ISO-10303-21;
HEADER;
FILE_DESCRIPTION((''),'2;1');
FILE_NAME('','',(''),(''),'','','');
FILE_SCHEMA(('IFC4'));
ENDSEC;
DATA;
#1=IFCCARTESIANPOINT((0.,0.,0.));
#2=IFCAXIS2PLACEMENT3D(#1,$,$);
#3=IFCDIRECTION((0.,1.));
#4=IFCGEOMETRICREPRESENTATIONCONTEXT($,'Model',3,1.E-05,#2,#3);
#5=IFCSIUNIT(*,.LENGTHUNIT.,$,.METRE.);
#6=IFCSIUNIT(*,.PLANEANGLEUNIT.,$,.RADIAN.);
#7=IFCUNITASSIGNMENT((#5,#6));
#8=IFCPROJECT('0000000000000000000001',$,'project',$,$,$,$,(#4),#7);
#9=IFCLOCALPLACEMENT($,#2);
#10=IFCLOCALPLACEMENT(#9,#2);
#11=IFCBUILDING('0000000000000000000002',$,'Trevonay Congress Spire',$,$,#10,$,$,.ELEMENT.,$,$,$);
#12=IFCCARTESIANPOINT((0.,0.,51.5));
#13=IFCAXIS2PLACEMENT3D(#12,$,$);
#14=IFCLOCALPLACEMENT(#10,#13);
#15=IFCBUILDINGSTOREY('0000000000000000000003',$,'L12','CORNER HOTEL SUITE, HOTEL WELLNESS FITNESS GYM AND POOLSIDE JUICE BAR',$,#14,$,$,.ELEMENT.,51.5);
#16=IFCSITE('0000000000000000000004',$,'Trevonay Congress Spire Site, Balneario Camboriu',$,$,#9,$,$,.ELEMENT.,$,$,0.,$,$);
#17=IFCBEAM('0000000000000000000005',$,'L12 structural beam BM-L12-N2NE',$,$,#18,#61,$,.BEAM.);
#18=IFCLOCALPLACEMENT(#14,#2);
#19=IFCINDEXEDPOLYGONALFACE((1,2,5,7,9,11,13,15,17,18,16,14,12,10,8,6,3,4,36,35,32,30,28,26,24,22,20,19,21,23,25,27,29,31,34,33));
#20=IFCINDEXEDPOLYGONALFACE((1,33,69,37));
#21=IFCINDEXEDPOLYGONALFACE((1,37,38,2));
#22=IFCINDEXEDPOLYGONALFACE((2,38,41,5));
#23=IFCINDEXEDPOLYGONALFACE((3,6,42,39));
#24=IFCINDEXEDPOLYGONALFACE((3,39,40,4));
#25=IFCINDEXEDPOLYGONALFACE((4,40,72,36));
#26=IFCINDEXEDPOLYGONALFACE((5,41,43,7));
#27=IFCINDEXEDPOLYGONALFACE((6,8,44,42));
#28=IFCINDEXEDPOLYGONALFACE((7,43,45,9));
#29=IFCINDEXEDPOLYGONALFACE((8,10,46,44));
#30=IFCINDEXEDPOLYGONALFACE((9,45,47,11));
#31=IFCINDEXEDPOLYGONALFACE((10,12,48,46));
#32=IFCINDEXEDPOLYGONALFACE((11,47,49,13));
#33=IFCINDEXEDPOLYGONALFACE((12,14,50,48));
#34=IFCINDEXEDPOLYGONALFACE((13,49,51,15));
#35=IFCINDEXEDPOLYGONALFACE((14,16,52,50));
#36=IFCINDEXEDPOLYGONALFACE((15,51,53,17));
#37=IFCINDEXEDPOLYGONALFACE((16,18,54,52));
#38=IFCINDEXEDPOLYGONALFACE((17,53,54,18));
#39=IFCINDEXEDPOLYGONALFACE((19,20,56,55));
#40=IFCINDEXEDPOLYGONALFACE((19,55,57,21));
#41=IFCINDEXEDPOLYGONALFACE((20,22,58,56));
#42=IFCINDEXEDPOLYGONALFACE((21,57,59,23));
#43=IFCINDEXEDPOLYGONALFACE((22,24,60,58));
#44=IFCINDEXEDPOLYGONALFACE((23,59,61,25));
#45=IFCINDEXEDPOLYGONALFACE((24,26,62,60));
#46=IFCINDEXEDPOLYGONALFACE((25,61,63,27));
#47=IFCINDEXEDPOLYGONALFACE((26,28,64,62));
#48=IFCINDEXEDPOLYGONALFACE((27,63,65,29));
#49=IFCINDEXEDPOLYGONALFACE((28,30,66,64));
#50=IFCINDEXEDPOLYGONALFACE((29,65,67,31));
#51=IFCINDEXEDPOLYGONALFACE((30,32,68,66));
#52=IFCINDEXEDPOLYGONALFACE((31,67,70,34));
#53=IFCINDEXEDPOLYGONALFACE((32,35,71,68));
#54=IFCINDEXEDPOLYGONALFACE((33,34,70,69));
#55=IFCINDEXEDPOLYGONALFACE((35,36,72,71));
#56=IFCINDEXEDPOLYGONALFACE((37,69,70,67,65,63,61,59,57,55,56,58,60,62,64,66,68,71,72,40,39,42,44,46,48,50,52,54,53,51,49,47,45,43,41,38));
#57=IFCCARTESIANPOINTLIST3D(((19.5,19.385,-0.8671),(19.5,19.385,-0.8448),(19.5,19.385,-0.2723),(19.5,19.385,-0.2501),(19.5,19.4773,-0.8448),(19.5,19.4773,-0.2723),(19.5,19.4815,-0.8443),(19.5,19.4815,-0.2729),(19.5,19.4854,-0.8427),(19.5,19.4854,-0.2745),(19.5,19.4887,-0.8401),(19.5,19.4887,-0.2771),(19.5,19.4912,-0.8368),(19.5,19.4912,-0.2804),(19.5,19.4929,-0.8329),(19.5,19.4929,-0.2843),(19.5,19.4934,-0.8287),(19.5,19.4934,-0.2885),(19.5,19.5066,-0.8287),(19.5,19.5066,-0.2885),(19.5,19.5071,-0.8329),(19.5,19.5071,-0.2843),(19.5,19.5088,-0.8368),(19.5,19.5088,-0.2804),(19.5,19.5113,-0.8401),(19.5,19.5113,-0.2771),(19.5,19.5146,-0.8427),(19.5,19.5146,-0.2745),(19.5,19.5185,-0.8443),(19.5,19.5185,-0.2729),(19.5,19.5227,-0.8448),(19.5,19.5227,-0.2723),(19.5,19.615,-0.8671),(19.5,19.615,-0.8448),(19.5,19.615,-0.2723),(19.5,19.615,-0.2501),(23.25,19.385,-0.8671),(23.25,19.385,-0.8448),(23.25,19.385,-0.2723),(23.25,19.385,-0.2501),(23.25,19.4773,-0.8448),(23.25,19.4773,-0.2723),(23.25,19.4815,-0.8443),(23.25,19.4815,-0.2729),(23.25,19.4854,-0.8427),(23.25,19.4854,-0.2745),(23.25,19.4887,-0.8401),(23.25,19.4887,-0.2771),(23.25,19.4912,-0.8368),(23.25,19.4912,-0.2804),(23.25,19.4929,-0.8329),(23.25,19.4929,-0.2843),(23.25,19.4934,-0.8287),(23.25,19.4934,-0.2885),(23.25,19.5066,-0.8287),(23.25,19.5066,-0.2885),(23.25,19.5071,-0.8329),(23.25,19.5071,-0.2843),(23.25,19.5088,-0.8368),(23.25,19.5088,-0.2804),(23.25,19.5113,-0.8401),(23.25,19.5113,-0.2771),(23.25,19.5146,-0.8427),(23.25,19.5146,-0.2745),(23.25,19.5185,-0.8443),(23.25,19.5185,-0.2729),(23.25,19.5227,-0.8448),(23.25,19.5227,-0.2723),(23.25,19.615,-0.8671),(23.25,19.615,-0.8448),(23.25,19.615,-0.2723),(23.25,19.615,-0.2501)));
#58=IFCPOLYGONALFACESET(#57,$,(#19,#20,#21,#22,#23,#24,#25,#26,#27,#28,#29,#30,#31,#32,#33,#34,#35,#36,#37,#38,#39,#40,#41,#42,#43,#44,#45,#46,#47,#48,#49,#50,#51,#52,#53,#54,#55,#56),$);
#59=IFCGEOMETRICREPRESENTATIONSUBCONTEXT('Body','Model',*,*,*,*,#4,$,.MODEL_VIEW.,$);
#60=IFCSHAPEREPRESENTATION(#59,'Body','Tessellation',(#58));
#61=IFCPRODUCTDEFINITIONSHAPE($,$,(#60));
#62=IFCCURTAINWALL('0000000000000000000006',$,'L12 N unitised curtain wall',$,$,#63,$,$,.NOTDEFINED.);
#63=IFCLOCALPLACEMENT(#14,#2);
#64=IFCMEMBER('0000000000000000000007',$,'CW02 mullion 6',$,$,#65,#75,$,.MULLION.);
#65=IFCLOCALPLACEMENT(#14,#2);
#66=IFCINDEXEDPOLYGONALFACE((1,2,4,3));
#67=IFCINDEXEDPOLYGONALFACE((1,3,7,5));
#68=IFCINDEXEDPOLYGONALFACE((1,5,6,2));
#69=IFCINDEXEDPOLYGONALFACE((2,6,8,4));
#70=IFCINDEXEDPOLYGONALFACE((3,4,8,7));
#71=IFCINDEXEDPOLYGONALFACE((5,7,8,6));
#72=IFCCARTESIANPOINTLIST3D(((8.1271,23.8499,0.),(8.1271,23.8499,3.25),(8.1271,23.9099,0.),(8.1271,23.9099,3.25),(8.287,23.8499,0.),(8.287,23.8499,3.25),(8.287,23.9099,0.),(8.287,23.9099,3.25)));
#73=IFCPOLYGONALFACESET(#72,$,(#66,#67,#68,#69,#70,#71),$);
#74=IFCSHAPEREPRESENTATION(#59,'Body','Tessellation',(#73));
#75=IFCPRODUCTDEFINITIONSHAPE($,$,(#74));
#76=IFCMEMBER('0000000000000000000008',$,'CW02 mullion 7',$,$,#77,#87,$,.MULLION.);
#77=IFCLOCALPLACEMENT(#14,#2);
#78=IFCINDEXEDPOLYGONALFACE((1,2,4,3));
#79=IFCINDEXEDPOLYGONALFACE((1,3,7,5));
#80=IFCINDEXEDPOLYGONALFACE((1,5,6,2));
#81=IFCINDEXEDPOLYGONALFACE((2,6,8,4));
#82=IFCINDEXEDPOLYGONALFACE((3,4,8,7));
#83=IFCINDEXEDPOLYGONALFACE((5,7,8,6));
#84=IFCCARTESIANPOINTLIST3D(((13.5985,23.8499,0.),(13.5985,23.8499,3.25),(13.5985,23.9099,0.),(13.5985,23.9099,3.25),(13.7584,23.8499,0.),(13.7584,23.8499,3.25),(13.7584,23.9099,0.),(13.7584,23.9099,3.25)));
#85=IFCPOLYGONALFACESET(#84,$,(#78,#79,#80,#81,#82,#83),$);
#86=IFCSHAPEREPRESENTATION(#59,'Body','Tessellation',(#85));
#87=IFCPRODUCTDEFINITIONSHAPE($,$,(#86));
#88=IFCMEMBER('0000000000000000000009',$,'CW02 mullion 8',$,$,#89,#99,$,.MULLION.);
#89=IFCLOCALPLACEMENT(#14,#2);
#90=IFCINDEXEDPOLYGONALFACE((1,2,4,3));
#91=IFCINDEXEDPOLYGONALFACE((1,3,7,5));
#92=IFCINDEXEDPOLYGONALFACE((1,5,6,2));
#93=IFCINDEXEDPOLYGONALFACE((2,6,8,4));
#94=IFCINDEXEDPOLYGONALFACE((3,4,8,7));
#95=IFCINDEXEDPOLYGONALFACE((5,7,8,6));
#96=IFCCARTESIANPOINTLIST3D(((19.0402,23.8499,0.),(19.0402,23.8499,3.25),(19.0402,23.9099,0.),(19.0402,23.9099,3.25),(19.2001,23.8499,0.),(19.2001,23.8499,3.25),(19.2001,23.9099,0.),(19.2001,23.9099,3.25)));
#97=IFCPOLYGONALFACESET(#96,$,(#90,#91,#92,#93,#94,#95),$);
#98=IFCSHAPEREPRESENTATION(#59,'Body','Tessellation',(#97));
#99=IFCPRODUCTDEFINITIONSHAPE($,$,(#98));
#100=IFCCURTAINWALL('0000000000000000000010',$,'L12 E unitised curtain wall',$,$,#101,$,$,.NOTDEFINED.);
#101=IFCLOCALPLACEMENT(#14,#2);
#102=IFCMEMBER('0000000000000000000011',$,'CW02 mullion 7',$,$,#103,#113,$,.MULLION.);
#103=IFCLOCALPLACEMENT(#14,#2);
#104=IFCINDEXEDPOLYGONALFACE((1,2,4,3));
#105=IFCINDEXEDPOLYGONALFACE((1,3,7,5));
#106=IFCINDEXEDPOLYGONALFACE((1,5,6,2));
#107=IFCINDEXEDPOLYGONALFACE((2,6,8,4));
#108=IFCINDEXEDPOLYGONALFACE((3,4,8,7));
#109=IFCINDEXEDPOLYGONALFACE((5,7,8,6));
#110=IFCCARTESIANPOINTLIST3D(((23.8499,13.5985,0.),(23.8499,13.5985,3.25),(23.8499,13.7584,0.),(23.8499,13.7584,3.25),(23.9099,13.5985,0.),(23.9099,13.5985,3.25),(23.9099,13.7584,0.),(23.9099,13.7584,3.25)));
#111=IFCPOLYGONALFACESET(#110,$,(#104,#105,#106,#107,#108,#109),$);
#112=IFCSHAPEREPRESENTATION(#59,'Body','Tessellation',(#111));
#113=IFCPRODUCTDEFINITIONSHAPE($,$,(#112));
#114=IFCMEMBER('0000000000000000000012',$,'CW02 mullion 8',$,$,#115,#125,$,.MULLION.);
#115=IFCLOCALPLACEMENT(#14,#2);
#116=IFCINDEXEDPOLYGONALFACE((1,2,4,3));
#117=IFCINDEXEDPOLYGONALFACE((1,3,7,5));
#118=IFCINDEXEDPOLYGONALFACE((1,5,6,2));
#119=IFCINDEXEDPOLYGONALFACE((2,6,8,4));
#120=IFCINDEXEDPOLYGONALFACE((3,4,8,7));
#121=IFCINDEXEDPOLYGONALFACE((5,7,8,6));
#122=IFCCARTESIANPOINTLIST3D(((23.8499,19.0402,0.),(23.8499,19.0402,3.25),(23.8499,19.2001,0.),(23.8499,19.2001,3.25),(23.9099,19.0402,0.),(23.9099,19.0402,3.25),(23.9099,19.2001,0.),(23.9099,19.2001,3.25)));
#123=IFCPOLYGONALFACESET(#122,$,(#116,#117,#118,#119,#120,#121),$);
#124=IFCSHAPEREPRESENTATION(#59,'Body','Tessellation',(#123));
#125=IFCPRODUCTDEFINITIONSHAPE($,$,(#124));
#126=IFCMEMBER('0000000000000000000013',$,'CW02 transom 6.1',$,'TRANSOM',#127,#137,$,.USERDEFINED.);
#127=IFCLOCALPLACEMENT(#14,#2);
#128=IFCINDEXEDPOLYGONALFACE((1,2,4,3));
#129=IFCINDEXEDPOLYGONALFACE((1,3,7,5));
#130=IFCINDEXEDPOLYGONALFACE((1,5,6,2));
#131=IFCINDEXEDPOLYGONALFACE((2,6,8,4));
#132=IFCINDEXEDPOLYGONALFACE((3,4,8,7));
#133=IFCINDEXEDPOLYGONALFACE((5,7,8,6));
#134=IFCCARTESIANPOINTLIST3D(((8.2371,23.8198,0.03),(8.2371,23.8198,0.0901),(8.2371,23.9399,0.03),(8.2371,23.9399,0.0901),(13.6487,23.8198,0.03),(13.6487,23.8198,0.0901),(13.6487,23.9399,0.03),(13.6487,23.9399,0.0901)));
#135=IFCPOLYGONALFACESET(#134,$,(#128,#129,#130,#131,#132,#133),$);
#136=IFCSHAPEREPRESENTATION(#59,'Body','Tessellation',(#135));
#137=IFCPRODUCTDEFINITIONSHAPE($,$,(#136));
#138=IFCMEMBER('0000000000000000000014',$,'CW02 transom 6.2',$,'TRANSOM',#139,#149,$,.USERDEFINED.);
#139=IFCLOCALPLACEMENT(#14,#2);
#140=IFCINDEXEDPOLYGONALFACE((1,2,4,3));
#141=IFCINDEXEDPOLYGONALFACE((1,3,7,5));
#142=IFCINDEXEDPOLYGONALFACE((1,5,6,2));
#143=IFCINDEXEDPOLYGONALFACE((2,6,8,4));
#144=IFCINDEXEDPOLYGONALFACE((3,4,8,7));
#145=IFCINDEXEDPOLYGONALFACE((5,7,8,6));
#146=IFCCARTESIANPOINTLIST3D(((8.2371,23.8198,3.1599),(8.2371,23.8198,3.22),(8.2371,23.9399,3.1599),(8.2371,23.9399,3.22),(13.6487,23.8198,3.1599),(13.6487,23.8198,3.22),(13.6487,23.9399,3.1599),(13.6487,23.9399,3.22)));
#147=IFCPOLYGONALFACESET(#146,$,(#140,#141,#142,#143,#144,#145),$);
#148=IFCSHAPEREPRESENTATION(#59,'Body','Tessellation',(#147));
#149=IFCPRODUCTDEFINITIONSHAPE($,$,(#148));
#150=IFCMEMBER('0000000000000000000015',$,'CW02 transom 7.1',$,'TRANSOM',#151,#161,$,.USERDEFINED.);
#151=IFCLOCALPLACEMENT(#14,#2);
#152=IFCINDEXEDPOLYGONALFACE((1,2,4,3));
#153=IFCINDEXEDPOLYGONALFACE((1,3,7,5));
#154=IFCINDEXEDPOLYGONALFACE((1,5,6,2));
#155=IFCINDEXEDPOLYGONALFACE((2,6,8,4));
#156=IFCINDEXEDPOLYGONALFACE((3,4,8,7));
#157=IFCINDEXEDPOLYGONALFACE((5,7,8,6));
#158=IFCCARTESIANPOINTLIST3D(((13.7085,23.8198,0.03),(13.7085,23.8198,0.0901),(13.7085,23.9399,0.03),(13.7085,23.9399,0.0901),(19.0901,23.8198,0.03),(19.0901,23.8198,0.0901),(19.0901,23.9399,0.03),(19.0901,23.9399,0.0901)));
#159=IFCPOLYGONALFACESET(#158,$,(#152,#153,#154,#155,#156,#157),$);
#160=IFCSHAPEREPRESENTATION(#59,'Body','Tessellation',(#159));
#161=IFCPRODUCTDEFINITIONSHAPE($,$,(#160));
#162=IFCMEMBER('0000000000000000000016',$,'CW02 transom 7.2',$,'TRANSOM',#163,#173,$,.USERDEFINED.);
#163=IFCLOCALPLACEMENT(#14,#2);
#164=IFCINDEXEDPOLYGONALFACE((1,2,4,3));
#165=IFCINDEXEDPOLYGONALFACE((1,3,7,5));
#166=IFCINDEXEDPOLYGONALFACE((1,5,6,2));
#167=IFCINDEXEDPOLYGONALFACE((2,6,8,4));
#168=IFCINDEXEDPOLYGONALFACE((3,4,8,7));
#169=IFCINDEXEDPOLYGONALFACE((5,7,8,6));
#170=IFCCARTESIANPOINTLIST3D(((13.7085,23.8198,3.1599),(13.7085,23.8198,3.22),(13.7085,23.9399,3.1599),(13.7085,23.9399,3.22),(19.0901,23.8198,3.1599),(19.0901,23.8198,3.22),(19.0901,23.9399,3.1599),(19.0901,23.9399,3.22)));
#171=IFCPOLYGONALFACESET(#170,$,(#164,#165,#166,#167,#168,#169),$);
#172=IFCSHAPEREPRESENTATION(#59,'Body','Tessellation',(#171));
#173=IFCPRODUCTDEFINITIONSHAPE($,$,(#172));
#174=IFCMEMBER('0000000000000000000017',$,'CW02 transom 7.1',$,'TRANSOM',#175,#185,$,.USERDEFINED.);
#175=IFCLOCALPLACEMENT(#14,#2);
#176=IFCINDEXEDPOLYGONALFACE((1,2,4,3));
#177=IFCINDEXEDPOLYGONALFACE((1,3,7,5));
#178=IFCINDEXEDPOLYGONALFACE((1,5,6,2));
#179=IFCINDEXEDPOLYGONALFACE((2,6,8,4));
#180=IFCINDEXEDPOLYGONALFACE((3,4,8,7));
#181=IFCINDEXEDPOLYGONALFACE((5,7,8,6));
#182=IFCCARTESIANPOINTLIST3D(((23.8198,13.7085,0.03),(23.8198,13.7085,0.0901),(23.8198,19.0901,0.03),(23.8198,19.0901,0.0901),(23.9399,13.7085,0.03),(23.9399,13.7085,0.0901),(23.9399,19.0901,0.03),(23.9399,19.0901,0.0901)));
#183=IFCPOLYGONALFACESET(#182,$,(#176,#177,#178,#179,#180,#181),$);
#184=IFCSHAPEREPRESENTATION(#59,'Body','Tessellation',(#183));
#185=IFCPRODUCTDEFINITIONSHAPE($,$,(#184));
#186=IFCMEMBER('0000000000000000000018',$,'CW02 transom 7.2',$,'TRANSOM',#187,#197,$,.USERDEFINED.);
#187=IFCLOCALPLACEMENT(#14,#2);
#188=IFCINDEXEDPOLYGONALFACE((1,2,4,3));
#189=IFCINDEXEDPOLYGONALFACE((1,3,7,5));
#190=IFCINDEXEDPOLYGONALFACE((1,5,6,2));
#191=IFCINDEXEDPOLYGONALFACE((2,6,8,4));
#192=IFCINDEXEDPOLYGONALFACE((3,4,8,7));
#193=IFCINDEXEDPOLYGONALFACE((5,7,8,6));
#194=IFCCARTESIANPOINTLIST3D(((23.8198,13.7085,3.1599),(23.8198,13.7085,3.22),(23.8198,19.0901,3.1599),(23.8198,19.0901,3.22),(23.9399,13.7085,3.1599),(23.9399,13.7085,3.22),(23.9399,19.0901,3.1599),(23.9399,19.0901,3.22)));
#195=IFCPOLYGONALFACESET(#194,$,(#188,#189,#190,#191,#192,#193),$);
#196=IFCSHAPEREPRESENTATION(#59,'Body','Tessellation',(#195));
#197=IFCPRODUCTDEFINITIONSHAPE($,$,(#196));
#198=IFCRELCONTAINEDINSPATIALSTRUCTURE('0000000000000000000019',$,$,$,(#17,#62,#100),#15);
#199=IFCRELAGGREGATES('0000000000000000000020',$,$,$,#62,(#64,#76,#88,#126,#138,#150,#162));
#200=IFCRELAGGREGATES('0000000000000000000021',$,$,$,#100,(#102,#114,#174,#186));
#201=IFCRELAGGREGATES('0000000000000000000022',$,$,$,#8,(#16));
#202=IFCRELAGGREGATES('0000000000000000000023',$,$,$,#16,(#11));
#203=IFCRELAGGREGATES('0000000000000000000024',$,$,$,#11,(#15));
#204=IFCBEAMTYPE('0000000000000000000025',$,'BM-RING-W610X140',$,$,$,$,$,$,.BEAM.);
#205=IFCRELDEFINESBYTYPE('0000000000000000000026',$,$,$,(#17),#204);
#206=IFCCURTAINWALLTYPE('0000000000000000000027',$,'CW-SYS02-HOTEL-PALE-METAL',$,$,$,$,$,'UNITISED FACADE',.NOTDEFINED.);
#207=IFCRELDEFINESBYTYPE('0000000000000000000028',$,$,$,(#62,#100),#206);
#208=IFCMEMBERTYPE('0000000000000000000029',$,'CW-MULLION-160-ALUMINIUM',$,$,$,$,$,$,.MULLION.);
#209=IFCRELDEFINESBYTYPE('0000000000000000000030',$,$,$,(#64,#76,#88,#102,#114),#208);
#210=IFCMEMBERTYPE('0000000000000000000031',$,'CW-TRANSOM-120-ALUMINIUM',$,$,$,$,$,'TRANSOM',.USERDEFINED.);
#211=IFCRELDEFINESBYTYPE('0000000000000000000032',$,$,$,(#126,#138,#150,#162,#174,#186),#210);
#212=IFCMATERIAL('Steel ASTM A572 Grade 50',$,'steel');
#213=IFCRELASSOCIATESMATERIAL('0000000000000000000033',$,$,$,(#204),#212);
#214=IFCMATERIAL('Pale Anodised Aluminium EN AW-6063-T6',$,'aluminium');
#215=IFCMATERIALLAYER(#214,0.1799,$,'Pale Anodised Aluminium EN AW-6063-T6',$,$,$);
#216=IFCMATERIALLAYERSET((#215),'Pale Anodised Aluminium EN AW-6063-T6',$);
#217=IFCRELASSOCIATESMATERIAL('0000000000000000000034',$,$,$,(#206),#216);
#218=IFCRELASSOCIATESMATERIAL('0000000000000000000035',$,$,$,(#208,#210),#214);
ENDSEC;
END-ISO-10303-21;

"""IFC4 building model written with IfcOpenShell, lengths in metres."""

from ifc_helpers import new_model, si_unit, direction, frame, origin, origin_2d, place, context, subcontext, project, spatial, rectangle, i_section, extrude, material, layer, layer_set, material_profile, profile_set, type_object, element, aggregate, save


model = new_model("IFC4")

# Units and contexts
model_context = context("Model", 3, precision=1e-05, world=origin(), true_north=direction((0.0, 1.0)))
body_context = subcontext(model_context, "Body", "Model", "MODEL_VIEW")
ifc_project = project(units=[si_unit("LENGTHUNIT", "METRE"), si_unit("PLANEANGLEUNIT", "RADIAN")], contexts=[model_context])

# Site, building, storey
site_placement = place(None, origin())
site = spatial("IfcSite", under=ifc_project, at=site_placement, Name="Trevonay Congress Spire Site, Balneario Camboriu", CompositionType="ELEMENT", RefElevation=0.0)
building_placement = place(site_placement, origin())
building = spatial("IfcBuilding", under=site, at=building_placement, Name="Trevonay Congress Spire", CompositionType="ELEMENT")
storey_placement = place(building_placement, frame((0.0, 0.0, 51.5)))
storey = spatial("IfcBuildingStorey", under=building, at=storey_placement, Name="L12", Description="CORNER HOTEL SUITE, HOTEL WELLNESS FITNESS GYM AND POOLSIDE JUICE BAR", CompositionType="ELEMENT", Elevation=51.5)

# Shared definitions
ifc_material_1 = material(Name="Steel ASTM A572 Grade 50", Category="steel")

# Beam
ifc_material_profile_1 = material_profile(ifc_material_1, i_section(OverallWidth=0.23, OverallDepth=0.6169, WebThickness=0.0132, FlangeThickness=0.0222, FilletRadius=0.0161, at=origin_2d()), Name="W610x140")
ifc_profile_set_1 = profile_set([ifc_material_profile_1], Name="Steel ASTM A572 Grade 50")
beam_type = type_object("IfcBeamType", Name="BM-RING-W610X140", PredefinedType="BEAM", material=ifc_profile_set_1)
for number, where, z_axis, x_axis, name in (
    (1, (23.25, 19.5, -0.5586), (-1.0, 0.0, 0.0), (0.0, -1.0, 0.0), "L12 structural beam BM-L12-N2NE"),
):
    element("IfcBeam", number, at=place(storey_placement, frame(where, z_axis=z_axis, x_axis=x_axis)), inside=storey, type_object=beam_type, Name=name, PredefinedType="BEAM", context=body_context, shape_type="SweptSolid", body=[
        extrude(i_section(OverallWidth=0.23, OverallDepth=0.6169, WebThickness=0.0132, FlangeThickness=0.0222, FilletRadius=0.0161, at=origin_2d()), origin(), (0.0, 0.0, 1.0), 3.75),
    ])

# Curtain walls, members
ifc_material_2 = material(Name="Pale Anodised Aluminium EN AW-6063-T6", Category="aluminium")
ifc_layer_1 = layer(ifc_material_2, 0.1799, Name="Pale Anodised Aluminium EN AW-6063-T6")
ifc_layer_set_1 = layer_set([ifc_layer_1], Name="Pale Anodised Aluminium EN AW-6063-T6")
curtain_wall_type = type_object("IfcCurtainWallType", Name="CW-SYS02-HOTEL-PALE-METAL", ElementType="UNITISED FACADE", PredefinedType="NOTDEFINED", material=ifc_layer_set_1)
curtain_wall_1_placement = place(storey_placement, origin())
curtain_wall_1 = element("IfcCurtainWall", 2, at=curtain_wall_1_placement, inside=storey, type_object=curtain_wall_type, Name="L12 N unitised curtain wall", PredefinedType="NOTDEFINED")
ifc_material_profile_2 = material_profile(ifc_material_2, rectangle(XDim=0.0601, YDim=0.1599, at=origin_2d()), Name="CW-MULLION-160-ALUMINIUM")
ifc_profile_set_2 = profile_set([ifc_material_profile_2], Name="Pale Anodised Aluminium EN AW-6063-T6")
member_type_1 = type_object("IfcMemberType", Name="CW-MULLION-160-ALUMINIUM", PredefinedType="MULLION", material=ifc_profile_set_2)
member_1_placement = place(storey_placement, frame((8.207, 23.8799, 0.0), z_axis=(0.0, 0.0, 1.0), x_axis=(0.0, 1.0, 0.0)))
member_1 = element("IfcMember", 3, at=member_1_placement, type_object=member_type_1, Name="CW02 mullion 6", PredefinedType="MULLION", context=body_context, shape_type="SweptSolid", body=[
    extrude(rectangle(XDim=0.0601, YDim=0.1599, at=origin_2d()), origin(), (0.0, 0.0, 1.0), 3.25),
])
member_2_placement = place(storey_placement, frame((13.6785, 23.8799, 0.0), z_axis=(0.0, 0.0, 1.0), x_axis=(0.0, 1.0, 0.0)))
member_2 = element("IfcMember", 4, at=member_2_placement, type_object=member_type_1, Name="CW02 mullion 7", PredefinedType="MULLION", context=body_context, shape_type="SweptSolid", body=[
    extrude(rectangle(XDim=0.0601, YDim=0.1599, at=origin_2d()), origin(), (0.0, 0.0, 1.0), 3.25),
])
member_3_placement = place(storey_placement, frame((19.1201, 23.8799, 0.0), z_axis=(0.0, 0.0, 1.0), x_axis=(0.0, 1.0, 0.0)))
member_3 = element("IfcMember", 5, at=member_3_placement, type_object=member_type_1, Name="CW02 mullion 8", PredefinedType="MULLION", context=body_context, shape_type="SweptSolid", body=[
    extrude(rectangle(XDim=0.0601, YDim=0.1599, at=origin_2d()), origin(), (0.0, 0.0, 1.0), 3.25),
])
curtain_wall_2_placement = place(storey_placement, origin())
curtain_wall_2 = element("IfcCurtainWall", 6, at=curtain_wall_2_placement, inside=storey, type_object=curtain_wall_type, Name="L12 E unitised curtain wall", PredefinedType="NOTDEFINED")
member_4_placement = place(storey_placement, frame((23.8799, 13.6785, 0.0), z_axis=(0.0, 0.0, 1.0), x_axis=(-1.0, 0.0, 0.0)))
member_4 = element("IfcMember", 7, at=member_4_placement, type_object=member_type_1, Name="CW02 mullion 7", PredefinedType="MULLION", context=body_context, shape_type="SweptSolid", body=[
    extrude(rectangle(XDim=0.0601, YDim=0.1599, at=origin_2d()), origin(), (0.0, 0.0, 1.0), 3.25),
])
member_5_placement = place(storey_placement, frame((23.8799, 19.1201, 0.0), z_axis=(0.0, 0.0, 1.0), x_axis=(-1.0, 0.0, 0.0)))
member_5 = element("IfcMember", 8, at=member_5_placement, type_object=member_type_1, Name="CW02 mullion 8", PredefinedType="MULLION", context=body_context, shape_type="SweptSolid", body=[
    extrude(rectangle(XDim=0.0601, YDim=0.1599, at=origin_2d()), origin(), (0.0, 0.0, 1.0), 3.25),
])

# Members
ifc_material_profile_3 = material_profile(ifc_material_2, rectangle(XDim=0.1201, YDim=0.0601, at=origin_2d()), Name="CW-TRANSOM-120-ALUMINIUM")
ifc_profile_set_3 = profile_set([ifc_material_profile_3], Name="Pale Anodised Aluminium EN AW-6063-T6")
member_type_2 = type_object("IfcMemberType", Name="CW-TRANSOM-120-ALUMINIUM", ElementType="TRANSOM", PredefinedType="USERDEFINED", material=ifc_profile_set_3)
member_6_placement = place(storey_placement, frame((8.2371, 23.8799, 0.0601), z_axis=(1.0, 0.0, 0.0), x_axis=(0.0, 1.0, 0.0)))
member_6 = element("IfcMember", 9, at=member_6_placement, type_object=member_type_2, Name="CW02 transom 6.1", ObjectType="TRANSOM", PredefinedType="USERDEFINED", context=body_context, shape_type="SweptSolid", body=[
    extrude(rectangle(XDim=0.1201, YDim=0.0601, at=origin_2d()), origin(), (0.0, 0.0, 1.0), 5.4116),
])
member_7_placement = place(storey_placement, frame((8.2371, 23.8799, 3.1899), z_axis=(1.0, 0.0, 0.0), x_axis=(0.0, 1.0, 0.0)))
member_7 = element("IfcMember", 10, at=member_7_placement, type_object=member_type_2, Name="CW02 transom 6.2", ObjectType="TRANSOM", PredefinedType="USERDEFINED", context=body_context, shape_type="SweptSolid", body=[
    extrude(rectangle(XDim=0.1201, YDim=0.0601, at=origin_2d()), origin(), (0.0, 0.0, 1.0), 5.4116),
])
member_8_placement = place(storey_placement, frame((13.7085, 23.8799, 0.0601), z_axis=(1.0, 0.0, 0.0), x_axis=(0.0, 1.0, 0.0)))
member_8 = element("IfcMember", 11, at=member_8_placement, type_object=member_type_2, Name="CW02 transom 7.1", ObjectType="TRANSOM", PredefinedType="USERDEFINED", context=body_context, shape_type="SweptSolid", body=[
    extrude(rectangle(XDim=0.1201, YDim=0.0601, at=origin_2d()), origin(), (0.0, 0.0, 1.0), 5.3816),
])
member_9_placement = place(storey_placement, frame((13.7085, 23.8799, 3.1899), z_axis=(1.0, 0.0, 0.0), x_axis=(0.0, 1.0, 0.0)))
member_9 = element("IfcMember", 12, at=member_9_placement, type_object=member_type_2, Name="CW02 transom 7.2", ObjectType="TRANSOM", PredefinedType="USERDEFINED", context=body_context, shape_type="SweptSolid", body=[
    extrude(rectangle(XDim=0.1201, YDim=0.0601, at=origin_2d()), origin(), (0.0, 0.0, 1.0), 5.3816),
])
member_10_placement = place(storey_placement, frame((23.8799, 13.7085, 0.0601), z_axis=(0.0, 1.0, 0.0), x_axis=(-1.0, 0.0, 0.0)))
member_10 = element("IfcMember", 13, at=member_10_placement, type_object=member_type_2, Name="CW02 transom 7.1", ObjectType="TRANSOM", PredefinedType="USERDEFINED", context=body_context, shape_type="SweptSolid", body=[
    extrude(rectangle(XDim=0.1201, YDim=0.0601, at=origin_2d()), origin(), (0.0, 0.0, 1.0), 5.3816),
])
member_11_placement = place(storey_placement, frame((23.8799, 13.7085, 3.1899), z_axis=(0.0, 1.0, 0.0), x_axis=(-1.0, 0.0, 0.0)))
member_11 = element("IfcMember", 14, at=member_11_placement, type_object=member_type_2, Name="CW02 transom 7.2", ObjectType="TRANSOM", PredefinedType="USERDEFINED", context=body_context, shape_type="SweptSolid", body=[
    extrude(rectangle(XDim=0.1201, YDim=0.0601, at=origin_2d()), origin(), (0.0, 0.0, 1.0), 5.3816),
])

aggregate(curtain_wall_1, [member_1, member_2, member_3, member_6, member_7, member_8, member_9])
aggregate(curtain_wall_2, [member_4, member_5, member_10, member_11])

save(model, "model.ifc")
